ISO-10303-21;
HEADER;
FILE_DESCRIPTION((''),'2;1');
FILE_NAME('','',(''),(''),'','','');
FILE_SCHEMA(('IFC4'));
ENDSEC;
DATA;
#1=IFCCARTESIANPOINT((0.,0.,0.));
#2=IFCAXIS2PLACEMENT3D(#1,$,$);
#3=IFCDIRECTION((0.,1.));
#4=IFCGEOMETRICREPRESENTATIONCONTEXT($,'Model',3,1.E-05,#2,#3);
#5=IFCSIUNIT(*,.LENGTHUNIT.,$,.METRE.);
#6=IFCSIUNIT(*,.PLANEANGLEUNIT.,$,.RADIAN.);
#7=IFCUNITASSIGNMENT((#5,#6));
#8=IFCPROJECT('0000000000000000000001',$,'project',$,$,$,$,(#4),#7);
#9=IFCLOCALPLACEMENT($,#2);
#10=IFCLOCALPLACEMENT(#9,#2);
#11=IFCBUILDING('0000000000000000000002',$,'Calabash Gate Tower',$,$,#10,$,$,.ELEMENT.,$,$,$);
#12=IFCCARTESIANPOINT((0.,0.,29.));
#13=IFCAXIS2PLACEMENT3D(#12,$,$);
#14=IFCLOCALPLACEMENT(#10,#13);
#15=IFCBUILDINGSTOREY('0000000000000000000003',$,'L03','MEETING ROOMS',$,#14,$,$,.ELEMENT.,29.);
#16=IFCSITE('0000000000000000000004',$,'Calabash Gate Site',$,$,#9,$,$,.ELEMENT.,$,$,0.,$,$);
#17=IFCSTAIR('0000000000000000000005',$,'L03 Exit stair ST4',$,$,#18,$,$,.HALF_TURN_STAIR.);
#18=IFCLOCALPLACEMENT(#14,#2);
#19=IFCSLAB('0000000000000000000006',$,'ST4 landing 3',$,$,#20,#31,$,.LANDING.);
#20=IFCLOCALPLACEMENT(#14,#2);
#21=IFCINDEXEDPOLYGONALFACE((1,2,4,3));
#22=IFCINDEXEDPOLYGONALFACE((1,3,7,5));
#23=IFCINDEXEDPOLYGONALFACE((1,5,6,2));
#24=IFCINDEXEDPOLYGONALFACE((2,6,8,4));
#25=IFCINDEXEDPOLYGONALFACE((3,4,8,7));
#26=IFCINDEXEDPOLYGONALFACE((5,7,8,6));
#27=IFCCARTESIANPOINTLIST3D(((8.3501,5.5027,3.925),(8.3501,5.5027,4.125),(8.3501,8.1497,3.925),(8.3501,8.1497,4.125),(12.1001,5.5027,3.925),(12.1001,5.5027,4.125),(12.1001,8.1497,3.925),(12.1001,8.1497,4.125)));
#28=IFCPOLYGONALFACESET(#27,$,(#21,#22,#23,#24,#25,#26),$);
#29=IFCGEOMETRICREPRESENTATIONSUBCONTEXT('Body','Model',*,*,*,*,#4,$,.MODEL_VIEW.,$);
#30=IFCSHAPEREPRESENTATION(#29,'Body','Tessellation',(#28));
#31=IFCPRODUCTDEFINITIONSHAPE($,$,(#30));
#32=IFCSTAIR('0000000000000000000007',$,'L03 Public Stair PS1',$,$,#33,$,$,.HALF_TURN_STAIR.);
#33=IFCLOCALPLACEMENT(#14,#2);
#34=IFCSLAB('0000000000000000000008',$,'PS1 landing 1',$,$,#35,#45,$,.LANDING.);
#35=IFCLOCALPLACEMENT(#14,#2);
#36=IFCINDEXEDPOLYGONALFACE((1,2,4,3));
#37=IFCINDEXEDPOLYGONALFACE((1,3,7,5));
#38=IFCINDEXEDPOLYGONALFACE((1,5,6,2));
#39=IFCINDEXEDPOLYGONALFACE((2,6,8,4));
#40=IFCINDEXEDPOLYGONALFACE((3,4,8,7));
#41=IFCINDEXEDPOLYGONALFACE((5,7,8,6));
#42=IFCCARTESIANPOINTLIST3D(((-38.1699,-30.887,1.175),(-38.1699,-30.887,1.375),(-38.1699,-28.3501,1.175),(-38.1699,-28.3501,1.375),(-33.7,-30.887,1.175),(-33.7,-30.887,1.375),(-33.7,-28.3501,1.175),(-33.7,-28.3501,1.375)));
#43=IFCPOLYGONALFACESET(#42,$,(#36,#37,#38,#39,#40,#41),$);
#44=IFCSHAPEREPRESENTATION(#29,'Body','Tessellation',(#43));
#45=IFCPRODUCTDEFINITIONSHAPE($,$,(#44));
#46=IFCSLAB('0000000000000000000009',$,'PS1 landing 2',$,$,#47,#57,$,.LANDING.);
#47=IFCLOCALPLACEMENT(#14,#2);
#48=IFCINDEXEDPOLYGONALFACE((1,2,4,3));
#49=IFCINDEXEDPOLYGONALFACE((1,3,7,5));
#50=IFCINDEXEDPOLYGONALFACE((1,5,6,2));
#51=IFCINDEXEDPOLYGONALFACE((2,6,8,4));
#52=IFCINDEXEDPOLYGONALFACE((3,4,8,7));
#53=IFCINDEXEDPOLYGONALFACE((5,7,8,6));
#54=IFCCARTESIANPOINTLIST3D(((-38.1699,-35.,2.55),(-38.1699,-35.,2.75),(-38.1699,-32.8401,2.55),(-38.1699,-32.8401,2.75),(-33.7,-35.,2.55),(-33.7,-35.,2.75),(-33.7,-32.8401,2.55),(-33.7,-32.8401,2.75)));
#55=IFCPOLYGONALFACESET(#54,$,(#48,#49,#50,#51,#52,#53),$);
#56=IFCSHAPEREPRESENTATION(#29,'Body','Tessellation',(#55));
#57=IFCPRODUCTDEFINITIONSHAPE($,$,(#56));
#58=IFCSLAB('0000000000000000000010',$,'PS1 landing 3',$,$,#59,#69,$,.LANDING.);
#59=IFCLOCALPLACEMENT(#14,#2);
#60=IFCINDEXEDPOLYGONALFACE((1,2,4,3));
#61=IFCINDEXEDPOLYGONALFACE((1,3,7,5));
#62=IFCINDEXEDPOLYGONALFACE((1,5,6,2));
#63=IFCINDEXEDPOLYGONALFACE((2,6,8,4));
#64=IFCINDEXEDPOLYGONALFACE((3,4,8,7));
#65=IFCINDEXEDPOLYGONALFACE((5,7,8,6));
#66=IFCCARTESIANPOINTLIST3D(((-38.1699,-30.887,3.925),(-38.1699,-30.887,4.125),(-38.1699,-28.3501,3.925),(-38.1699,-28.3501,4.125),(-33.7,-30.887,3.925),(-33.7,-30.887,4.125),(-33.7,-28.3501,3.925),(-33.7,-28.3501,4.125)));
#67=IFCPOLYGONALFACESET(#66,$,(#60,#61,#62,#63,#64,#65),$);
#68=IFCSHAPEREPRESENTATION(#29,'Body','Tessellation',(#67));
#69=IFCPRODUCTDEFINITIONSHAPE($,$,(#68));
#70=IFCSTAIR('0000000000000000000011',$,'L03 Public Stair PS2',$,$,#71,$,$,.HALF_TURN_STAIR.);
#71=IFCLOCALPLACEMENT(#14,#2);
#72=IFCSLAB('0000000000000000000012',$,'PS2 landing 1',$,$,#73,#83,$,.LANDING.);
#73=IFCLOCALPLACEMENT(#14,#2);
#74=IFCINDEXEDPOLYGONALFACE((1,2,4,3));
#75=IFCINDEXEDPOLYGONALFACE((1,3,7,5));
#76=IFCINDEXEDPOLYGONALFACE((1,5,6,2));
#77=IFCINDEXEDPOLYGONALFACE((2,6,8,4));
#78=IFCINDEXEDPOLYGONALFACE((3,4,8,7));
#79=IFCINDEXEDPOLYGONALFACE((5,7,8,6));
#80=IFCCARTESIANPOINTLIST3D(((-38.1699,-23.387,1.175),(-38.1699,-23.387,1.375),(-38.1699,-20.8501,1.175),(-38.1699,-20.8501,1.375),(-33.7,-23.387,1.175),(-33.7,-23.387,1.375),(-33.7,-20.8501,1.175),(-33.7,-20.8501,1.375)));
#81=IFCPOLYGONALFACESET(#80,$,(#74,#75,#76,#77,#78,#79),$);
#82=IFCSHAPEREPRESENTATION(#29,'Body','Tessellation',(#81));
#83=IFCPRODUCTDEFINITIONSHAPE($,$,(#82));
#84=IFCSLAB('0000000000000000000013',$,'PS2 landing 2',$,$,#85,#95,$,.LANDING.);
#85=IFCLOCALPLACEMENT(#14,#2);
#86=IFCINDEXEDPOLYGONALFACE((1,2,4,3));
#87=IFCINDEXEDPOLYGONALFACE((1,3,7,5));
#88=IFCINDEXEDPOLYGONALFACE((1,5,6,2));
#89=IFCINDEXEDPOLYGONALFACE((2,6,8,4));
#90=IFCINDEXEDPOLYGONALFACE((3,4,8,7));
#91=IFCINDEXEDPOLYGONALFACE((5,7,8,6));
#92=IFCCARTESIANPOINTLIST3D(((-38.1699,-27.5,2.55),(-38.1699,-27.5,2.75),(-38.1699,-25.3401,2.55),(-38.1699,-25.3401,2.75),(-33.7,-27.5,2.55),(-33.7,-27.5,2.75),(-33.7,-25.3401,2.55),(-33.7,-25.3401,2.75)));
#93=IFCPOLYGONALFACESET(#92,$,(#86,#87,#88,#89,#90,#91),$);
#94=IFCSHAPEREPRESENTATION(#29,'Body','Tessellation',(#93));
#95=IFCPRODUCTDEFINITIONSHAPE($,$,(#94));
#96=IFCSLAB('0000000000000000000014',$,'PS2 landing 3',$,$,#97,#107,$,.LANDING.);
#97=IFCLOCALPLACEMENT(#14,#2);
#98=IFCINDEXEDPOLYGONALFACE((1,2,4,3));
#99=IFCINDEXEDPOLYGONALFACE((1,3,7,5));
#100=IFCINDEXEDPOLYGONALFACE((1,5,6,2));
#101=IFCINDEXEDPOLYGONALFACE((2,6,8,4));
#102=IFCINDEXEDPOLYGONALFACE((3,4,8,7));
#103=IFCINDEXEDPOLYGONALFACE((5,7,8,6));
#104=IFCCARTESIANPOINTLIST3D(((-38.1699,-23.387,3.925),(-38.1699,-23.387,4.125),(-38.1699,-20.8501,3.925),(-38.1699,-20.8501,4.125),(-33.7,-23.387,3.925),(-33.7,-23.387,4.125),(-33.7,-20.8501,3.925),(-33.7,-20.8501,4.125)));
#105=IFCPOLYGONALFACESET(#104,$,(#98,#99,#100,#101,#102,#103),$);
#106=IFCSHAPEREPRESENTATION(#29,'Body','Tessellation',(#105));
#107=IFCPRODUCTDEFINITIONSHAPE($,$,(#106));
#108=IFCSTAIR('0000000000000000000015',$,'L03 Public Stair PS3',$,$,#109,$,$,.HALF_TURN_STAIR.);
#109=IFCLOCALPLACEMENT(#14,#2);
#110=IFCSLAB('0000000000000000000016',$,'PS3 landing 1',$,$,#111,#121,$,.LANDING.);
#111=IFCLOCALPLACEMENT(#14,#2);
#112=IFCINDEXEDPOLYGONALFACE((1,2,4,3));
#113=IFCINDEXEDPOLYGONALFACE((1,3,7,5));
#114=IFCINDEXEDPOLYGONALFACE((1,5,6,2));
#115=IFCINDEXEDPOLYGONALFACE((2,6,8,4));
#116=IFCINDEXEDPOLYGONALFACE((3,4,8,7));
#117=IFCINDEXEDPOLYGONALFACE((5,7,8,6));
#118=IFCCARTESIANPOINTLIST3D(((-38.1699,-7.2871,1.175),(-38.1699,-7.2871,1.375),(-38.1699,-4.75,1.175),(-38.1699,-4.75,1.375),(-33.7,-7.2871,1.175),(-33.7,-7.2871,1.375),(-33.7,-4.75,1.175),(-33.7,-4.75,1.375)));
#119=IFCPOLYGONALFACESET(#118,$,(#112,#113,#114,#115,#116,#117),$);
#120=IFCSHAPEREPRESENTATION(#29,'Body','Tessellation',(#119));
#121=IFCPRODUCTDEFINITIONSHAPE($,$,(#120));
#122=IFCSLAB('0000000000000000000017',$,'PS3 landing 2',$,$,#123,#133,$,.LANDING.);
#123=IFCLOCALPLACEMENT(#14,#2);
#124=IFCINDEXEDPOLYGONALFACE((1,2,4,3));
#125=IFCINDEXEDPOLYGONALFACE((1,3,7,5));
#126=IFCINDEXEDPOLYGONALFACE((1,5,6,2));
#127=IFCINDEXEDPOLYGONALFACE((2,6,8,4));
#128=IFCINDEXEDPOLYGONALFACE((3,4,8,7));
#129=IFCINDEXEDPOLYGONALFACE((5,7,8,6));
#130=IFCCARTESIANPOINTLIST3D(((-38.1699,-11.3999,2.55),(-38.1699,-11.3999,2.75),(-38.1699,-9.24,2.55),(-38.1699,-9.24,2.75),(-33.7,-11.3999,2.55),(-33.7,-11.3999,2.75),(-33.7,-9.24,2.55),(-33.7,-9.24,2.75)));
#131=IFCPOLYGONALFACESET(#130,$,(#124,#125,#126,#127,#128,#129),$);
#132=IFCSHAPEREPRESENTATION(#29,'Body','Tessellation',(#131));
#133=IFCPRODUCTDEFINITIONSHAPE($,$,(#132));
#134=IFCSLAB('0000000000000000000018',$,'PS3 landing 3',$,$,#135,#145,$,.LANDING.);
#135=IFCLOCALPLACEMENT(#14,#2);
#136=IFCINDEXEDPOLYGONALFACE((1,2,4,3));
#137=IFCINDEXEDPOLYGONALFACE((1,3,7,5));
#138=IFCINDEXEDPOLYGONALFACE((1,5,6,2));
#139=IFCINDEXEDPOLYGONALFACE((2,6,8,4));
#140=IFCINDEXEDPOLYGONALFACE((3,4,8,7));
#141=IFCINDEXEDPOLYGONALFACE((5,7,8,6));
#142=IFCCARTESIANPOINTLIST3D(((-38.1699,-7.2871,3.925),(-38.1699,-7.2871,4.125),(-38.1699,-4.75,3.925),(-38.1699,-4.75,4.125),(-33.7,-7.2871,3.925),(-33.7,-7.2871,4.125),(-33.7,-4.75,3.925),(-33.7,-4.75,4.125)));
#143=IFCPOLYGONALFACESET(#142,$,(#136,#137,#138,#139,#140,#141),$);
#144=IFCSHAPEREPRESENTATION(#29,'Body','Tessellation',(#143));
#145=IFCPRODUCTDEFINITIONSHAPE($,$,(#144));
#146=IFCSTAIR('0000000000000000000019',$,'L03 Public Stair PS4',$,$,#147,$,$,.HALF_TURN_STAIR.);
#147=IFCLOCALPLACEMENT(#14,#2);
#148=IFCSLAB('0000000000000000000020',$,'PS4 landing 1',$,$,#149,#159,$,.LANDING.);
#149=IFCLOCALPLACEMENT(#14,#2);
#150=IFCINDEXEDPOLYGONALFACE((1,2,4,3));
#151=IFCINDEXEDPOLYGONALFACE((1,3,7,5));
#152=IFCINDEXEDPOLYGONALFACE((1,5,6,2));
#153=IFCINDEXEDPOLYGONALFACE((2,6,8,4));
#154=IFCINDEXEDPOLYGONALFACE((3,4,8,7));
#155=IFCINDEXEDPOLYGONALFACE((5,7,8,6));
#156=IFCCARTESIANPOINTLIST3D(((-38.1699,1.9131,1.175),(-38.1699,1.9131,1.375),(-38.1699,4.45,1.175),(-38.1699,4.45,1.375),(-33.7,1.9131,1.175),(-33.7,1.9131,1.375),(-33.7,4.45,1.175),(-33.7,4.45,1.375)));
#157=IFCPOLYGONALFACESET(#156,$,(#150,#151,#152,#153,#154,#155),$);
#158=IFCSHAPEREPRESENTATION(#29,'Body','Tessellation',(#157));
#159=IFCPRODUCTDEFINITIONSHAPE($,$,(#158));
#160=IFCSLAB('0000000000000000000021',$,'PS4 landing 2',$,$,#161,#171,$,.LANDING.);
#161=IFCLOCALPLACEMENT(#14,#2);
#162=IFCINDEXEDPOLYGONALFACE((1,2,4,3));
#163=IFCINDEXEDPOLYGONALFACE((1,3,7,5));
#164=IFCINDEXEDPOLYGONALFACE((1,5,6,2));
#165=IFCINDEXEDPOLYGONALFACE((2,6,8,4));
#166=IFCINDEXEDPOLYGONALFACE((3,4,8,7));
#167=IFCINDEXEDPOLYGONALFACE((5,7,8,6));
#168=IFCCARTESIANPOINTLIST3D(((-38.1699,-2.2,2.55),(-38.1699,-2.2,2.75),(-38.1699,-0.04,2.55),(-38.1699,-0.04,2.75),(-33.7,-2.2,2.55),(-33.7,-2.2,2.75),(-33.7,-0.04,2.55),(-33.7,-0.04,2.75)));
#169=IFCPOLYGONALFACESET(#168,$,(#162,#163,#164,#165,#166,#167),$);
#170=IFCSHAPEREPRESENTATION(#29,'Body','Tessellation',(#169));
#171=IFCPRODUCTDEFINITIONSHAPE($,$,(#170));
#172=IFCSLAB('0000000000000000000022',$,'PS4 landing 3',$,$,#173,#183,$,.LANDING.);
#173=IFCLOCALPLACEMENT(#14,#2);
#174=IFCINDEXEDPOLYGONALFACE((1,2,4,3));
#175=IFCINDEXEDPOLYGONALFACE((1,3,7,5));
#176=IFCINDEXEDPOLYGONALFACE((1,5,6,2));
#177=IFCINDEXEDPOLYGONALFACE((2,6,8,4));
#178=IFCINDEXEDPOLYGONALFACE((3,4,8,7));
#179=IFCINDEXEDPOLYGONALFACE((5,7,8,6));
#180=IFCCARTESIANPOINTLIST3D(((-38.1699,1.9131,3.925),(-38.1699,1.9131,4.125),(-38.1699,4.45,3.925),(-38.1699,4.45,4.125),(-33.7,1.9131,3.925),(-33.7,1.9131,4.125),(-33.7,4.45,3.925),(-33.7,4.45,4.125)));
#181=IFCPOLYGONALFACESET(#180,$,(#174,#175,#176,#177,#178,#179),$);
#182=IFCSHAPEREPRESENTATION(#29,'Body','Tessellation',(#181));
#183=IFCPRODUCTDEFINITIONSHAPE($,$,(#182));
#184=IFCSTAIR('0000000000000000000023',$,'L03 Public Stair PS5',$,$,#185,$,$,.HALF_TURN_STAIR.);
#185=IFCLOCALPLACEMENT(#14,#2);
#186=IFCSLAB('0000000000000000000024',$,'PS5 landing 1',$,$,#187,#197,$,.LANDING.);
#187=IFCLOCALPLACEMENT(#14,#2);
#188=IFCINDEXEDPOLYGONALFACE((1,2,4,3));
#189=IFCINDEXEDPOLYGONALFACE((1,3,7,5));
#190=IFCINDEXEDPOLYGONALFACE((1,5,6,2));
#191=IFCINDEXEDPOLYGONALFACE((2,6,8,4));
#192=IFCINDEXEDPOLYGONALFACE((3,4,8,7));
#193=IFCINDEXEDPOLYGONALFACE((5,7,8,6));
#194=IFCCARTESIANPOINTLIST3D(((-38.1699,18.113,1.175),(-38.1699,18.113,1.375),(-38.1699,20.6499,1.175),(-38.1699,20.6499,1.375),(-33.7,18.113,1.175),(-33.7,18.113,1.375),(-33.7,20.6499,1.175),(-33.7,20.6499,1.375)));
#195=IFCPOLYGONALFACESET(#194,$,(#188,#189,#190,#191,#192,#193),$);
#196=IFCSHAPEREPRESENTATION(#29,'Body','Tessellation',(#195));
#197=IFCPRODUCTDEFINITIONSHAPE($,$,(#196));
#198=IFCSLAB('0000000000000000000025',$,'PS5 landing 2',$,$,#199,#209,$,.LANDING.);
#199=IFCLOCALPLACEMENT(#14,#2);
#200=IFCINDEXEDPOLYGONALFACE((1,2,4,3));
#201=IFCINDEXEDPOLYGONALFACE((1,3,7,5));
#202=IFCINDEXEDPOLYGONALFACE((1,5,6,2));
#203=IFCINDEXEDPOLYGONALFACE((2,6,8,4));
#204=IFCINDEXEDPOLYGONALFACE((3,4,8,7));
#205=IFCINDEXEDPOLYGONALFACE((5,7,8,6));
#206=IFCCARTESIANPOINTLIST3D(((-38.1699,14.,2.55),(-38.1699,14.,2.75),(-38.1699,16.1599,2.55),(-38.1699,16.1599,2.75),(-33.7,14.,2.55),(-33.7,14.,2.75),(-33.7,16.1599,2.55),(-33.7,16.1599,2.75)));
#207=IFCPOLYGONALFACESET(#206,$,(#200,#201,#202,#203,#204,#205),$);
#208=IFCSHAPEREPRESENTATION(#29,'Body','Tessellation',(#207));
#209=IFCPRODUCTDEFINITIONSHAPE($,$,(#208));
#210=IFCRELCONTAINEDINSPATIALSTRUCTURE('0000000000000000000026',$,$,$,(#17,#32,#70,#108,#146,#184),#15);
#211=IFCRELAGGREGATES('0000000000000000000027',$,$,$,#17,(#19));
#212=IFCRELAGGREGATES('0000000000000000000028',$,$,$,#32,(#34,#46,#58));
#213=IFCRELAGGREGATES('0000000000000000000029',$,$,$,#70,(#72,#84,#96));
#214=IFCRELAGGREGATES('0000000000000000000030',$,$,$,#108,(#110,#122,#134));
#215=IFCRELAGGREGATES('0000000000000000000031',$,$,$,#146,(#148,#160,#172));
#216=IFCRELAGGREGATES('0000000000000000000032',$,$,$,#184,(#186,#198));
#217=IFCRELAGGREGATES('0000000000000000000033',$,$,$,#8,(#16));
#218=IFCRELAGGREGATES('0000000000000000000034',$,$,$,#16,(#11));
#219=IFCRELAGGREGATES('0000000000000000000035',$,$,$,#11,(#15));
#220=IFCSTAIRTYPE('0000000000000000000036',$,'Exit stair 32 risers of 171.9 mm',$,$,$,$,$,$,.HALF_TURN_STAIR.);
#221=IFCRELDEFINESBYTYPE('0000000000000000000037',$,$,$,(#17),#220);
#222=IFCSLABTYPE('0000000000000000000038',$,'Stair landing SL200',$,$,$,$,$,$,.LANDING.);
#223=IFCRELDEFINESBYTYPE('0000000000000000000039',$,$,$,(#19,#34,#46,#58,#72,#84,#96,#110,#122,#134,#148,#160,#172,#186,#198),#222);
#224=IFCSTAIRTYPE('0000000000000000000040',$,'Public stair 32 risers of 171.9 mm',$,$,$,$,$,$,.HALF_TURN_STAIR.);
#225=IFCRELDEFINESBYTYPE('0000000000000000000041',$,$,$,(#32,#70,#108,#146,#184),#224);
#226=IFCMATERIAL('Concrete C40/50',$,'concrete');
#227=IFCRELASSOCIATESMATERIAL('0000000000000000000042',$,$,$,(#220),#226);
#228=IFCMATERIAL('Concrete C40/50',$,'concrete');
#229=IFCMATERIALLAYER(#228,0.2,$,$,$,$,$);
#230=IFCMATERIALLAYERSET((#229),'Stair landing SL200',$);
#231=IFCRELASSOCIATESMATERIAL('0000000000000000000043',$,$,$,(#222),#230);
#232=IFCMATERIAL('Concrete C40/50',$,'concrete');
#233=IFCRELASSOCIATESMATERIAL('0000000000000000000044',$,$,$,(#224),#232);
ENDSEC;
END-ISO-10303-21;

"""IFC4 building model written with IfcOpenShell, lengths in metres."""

from ifc_helpers import new_model, si_unit, direction, frame, origin, place, context, subcontext, project, spatial, polyline, outline, extrude, material, layer, layer_set, type_object, element, aggregate, save


model = new_model("IFC4")

# Units and contexts
model_context = context("Model", 3, precision=1e-05, world=origin(), true_north=direction((0.0, 1.0)))
body_context = subcontext(model_context, "Body", "Model", "MODEL_VIEW")
ifc_project = project(units=[si_unit("LENGTHUNIT", "METRE"), si_unit("PLANEANGLEUNIT", "RADIAN")], contexts=[model_context])

# Site, building, storey
site_placement = place(None, origin())
site = spatial("IfcSite", under=ifc_project, at=site_placement, Name="Calabash Gate Site", CompositionType="ELEMENT", RefElevation=0.0)
building_placement = place(site_placement, origin())
building = spatial("IfcBuilding", under=site, at=building_placement, Name="Calabash Gate Tower", CompositionType="ELEMENT")
storey_placement = place(building_placement, frame((0.0, 0.0, 29.0)))
storey = spatial("IfcBuildingStorey", under=building, at=storey_placement, Name="L03", Description="MEETING ROOMS", CompositionType="ELEMENT", Elevation=29.0)

# Stair, slab
ifc_material_1 = material(Name="Concrete C40/50", Category="concrete")
stair_type_1 = type_object("IfcStairType", Name="Exit stair 32 risers of 171.9 mm", PredefinedType="HALF_TURN_STAIR", material=ifc_material_1)
stair_1_placement = place(storey_placement, origin())
stair_1 = element("IfcStair", 1, at=stair_1_placement, inside=storey, type_object=stair_type_1, Name="L03 Exit stair ST4", PredefinedType="HALF_TURN_STAIR")
ifc_material_2 = material(Name="Concrete C40/50", Category="concrete")
ifc_layer = layer(ifc_material_2, 0.2)
ifc_layer_set = layer_set([ifc_layer], Name="Stair landing SL200")
slab_type = type_object("IfcSlabType", Name="Stair landing SL200", PredefinedType="LANDING", material=ifc_layer_set)
slab_1_placement = place(storey_placement, frame((0.0, 0.0, 3.925)))
slab_1 = element("IfcSlab", 2, at=slab_1_placement, type_object=slab_type, Name="ST4 landing 3", PredefinedType="LANDING", context=body_context, shape_type="SweptSolid", body=[
    extrude(outline(polyline([(8.3501, 8.1497), (8.3501, 5.5027), (12.1001, 5.5027), (12.1001, 8.1497), (8.3501, 8.1497)])), origin(), (0.0, 0.0, 1.0), 0.2),
])
aggregate(stair_1, [slab_1])

# Stairs, slabs
ifc_material_3 = material(Name="Concrete C40/50", Category="concrete")
stair_type_2 = type_object("IfcStairType", Name="Public stair 32 risers of 171.9 mm", PredefinedType="HALF_TURN_STAIR", material=ifc_material_3)
stair_2_placement = place(storey_placement, origin())
stair_2 = element("IfcStair", 3, at=stair_2_placement, inside=storey, type_object=stair_type_2, Name="L03 Public Stair PS1", PredefinedType="HALF_TURN_STAIR")
slab_2_placement = place(storey_placement, frame((0.0, 0.0, 1.175)))
slab_2 = element("IfcSlab", 4, at=slab_2_placement, type_object=slab_type, Name="PS1 landing 1", PredefinedType="LANDING", context=body_context, shape_type="SweptSolid", body=[
    extrude(outline(polyline([(-33.7, -30.887), (-33.7, -28.3501), (-38.1699, -28.3501), (-38.1699, -30.887), (-33.7, -30.887)])), origin(), (0.0, 0.0, 1.0), 0.2),
])
slab_3_placement = place(storey_placement, frame((0.0, 0.0, 2.55)))
slab_3 = element("IfcSlab", 5, at=slab_3_placement, type_object=slab_type, Name="PS1 landing 2", PredefinedType="LANDING", context=body_context, shape_type="SweptSolid", body=[
    extrude(outline(polyline([(-33.7, -35.0), (-33.7, -32.8401), (-38.1699, -32.8401), (-38.1699, -35.0), (-33.7, -35.0)])), origin(), (0.0, 0.0, 1.0), 0.2),
])
slab_4_placement = place(storey_placement, frame((0.0, 0.0, 3.925)))
slab_4 = element("IfcSlab", 6, at=slab_4_placement, type_object=slab_type, Name="PS1 landing 3", PredefinedType="LANDING", context=body_context, shape_type="SweptSolid", body=[
    extrude(outline(polyline([(-33.7, -30.887), (-33.7, -28.3501), (-38.1699, -28.3501), (-38.1699, -30.887), (-33.7, -30.887)])), origin(), (0.0, 0.0, 1.0), 0.2),
])
aggregate(stair_2, [slab_2, slab_3, slab_4])
stair_3_placement = place(storey_placement, origin())
stair_3 = element("IfcStair", 7, at=stair_3_placement, inside=storey, type_object=stair_type_2, Name="L03 Public Stair PS2", PredefinedType="HALF_TURN_STAIR")
slab_5_placement = place(storey_placement, frame((0.0, 0.0, 1.175)))
slab_5 = element("IfcSlab", 8, at=slab_5_placement, type_object=slab_type, Name="PS2 landing 1", PredefinedType="LANDING", context=body_context, shape_type="SweptSolid", body=[
    extrude(outline(polyline([(-33.7, -23.387), (-33.7, -20.8501), (-38.1699, -20.8501), (-38.1699, -23.387), (-33.7, -23.387)])), origin(), (0.0, 0.0, 1.0), 0.2),
])
slab_6_placement = place(storey_placement, frame((0.0, 0.0, 2.55)))
slab_6 = element("IfcSlab", 9, at=slab_6_placement, type_object=slab_type, Name="PS2 landing 2", PredefinedType="LANDING", context=body_context, shape_type="SweptSolid", body=[
    extrude(outline(polyline([(-33.7, -27.5), (-33.7, -25.3401), (-38.1699, -25.3401), (-38.1699, -27.5), (-33.7, -27.5)])), origin(), (0.0, 0.0, 1.0), 0.2),
])
slab_7_placement = place(storey_placement, frame((0.0, 0.0, 3.925)))
slab_7 = element("IfcSlab", 10, at=slab_7_placement, type_object=slab_type, Name="PS2 landing 3", PredefinedType="LANDING", context=body_context, shape_type="SweptSolid", body=[
    extrude(outline(polyline([(-33.7, -23.387), (-33.7, -20.8501), (-38.1699, -20.8501), (-38.1699, -23.387), (-33.7, -23.387)])), origin(), (0.0, 0.0, 1.0), 0.2),
])
aggregate(stair_3, [slab_5, slab_6, slab_7])
stair_4_placement = place(storey_placement, origin())
stair_4 = element("IfcStair", 11, at=stair_4_placement, inside=storey, type_object=stair_type_2, Name="L03 Public Stair PS3", PredefinedType="HALF_TURN_STAIR")
slab_8_placement = place(storey_placement, frame((0.0, 0.0, 1.175)))
slab_8 = element("IfcSlab", 12, at=slab_8_placement, type_object=slab_type, Name="PS3 landing 1", PredefinedType="LANDING", context=body_context, shape_type="SweptSolid", body=[
    extrude(outline(polyline([(-33.7, -7.2871), (-33.7, -4.75), (-38.1699, -4.75), (-38.1699, -7.2871), (-33.7, -7.2871)])), origin(), (0.0, 0.0, 1.0), 0.2),
])
slab_9_placement = place(storey_placement, frame((0.0, 0.0, 2.55)))
slab_9 = element("IfcSlab", 13, at=slab_9_placement, type_object=slab_type, Name="PS3 landing 2", PredefinedType="LANDING", context=body_context, shape_type="SweptSolid", body=[
    extrude(outline(polyline([(-33.7, -11.3999), (-33.7, -9.24), (-38.1699, -9.24), (-38.1699, -11.3999), (-33.7, -11.3999)])), origin(), (0.0, 0.0, 1.0), 0.2),
])
slab_10_placement = place(storey_placement, frame((0.0, 0.0, 3.925)))
slab_10 = element("IfcSlab", 14, at=slab_10_placement, type_object=slab_type, Name="PS3 landing 3", PredefinedType="LANDING", context=body_context, shape_type="SweptSolid", body=[
    extrude(outline(polyline([(-33.7, -7.2871), (-33.7, -4.75), (-38.1699, -4.75), (-38.1699, -7.2871), (-33.7, -7.2871)])), origin(), (0.0, 0.0, 1.0), 0.2),
])
aggregate(stair_4, [slab_8, slab_9, slab_10])
stair_5_placement = place(storey_placement, origin())
stair_5 = element("IfcStair", 15, at=stair_5_placement, inside=storey, type_object=stair_type_2, Name="L03 Public Stair PS4", PredefinedType="HALF_TURN_STAIR")
slab_11_placement = place(storey_placement, frame((0.0, 0.0, 1.175)))
slab_11 = element("IfcSlab", 16, at=slab_11_placement, type_object=slab_type, Name="PS4 landing 1", PredefinedType="LANDING", context=body_context, shape_type="SweptSolid", body=[
    extrude(outline(polyline([(-33.7, 1.9131), (-33.7, 4.45), (-38.1699, 4.45), (-38.1699, 1.9131), (-33.7, 1.9131)])), origin(), (0.0, 0.0, 1.0), 0.2),
])
slab_12_placement = place(storey_placement, frame((0.0, 0.0, 2.55)))
slab_12 = element("IfcSlab", 17, at=slab_12_placement, type_object=slab_type, Name="PS4 landing 2", PredefinedType="LANDING", context=body_context, shape_type="SweptSolid", body=[
    extrude(outline(polyline([(-33.7, -2.2), (-33.7, -0.04), (-38.1699, -0.04), (-38.1699, -2.2), (-33.7, -2.2)])), origin(), (0.0, 0.0, 1.0), 0.2),
])
slab_13_placement = place(storey_placement, frame((0.0, 0.0, 3.925)))
slab_13 = element("IfcSlab", 18, at=slab_13_placement, type_object=slab_type, Name="PS4 landing 3", PredefinedType="LANDING", context=body_context, shape_type="SweptSolid", body=[
    extrude(outline(polyline([(-33.7, 1.9131), (-33.7, 4.45), (-38.1699, 4.45), (-38.1699, 1.9131), (-33.7, 1.9131)])), origin(), (0.0, 0.0, 1.0), 0.2),
])
aggregate(stair_5, [slab_11, slab_12, slab_13])
stair_6_placement = place(storey_placement, origin())
stair_6 = element("IfcStair", 19, at=stair_6_placement, inside=storey, type_object=stair_type_2, Name="L03 Public Stair PS5", PredefinedType="HALF_TURN_STAIR")
slab_14_placement = place(storey_placement, frame((0.0, 0.0, 1.175)))
slab_14 = element("IfcSlab", 20, at=slab_14_placement, type_object=slab_type, Name="PS5 landing 1", PredefinedType="LANDING", context=body_context, shape_type="SweptSolid", body=[
    extrude(outline(polyline([(-33.7, 18.113), (-33.7, 20.6499), (-38.1699, 20.6499), (-38.1699, 18.113), (-33.7, 18.113)])), origin(), (0.0, 0.0, 1.0), 0.2),
])
slab_15_placement = place(storey_placement, frame((0.0, 0.0, 2.55)))
slab_15 = element("IfcSlab", 21, at=slab_15_placement, type_object=slab_type, Name="PS5 landing 2", PredefinedType="LANDING", context=body_context, shape_type="SweptSolid", body=[
    extrude(outline(polyline([(-33.7, 14.0), (-33.7, 16.1599), (-38.1699, 16.1599), (-38.1699, 14.0), (-33.7, 14.0)])), origin(), (0.0, 0.0, 1.0), 0.2),
])
aggregate(stair_6, [slab_14, slab_15])

save(model, "model.ifc")
